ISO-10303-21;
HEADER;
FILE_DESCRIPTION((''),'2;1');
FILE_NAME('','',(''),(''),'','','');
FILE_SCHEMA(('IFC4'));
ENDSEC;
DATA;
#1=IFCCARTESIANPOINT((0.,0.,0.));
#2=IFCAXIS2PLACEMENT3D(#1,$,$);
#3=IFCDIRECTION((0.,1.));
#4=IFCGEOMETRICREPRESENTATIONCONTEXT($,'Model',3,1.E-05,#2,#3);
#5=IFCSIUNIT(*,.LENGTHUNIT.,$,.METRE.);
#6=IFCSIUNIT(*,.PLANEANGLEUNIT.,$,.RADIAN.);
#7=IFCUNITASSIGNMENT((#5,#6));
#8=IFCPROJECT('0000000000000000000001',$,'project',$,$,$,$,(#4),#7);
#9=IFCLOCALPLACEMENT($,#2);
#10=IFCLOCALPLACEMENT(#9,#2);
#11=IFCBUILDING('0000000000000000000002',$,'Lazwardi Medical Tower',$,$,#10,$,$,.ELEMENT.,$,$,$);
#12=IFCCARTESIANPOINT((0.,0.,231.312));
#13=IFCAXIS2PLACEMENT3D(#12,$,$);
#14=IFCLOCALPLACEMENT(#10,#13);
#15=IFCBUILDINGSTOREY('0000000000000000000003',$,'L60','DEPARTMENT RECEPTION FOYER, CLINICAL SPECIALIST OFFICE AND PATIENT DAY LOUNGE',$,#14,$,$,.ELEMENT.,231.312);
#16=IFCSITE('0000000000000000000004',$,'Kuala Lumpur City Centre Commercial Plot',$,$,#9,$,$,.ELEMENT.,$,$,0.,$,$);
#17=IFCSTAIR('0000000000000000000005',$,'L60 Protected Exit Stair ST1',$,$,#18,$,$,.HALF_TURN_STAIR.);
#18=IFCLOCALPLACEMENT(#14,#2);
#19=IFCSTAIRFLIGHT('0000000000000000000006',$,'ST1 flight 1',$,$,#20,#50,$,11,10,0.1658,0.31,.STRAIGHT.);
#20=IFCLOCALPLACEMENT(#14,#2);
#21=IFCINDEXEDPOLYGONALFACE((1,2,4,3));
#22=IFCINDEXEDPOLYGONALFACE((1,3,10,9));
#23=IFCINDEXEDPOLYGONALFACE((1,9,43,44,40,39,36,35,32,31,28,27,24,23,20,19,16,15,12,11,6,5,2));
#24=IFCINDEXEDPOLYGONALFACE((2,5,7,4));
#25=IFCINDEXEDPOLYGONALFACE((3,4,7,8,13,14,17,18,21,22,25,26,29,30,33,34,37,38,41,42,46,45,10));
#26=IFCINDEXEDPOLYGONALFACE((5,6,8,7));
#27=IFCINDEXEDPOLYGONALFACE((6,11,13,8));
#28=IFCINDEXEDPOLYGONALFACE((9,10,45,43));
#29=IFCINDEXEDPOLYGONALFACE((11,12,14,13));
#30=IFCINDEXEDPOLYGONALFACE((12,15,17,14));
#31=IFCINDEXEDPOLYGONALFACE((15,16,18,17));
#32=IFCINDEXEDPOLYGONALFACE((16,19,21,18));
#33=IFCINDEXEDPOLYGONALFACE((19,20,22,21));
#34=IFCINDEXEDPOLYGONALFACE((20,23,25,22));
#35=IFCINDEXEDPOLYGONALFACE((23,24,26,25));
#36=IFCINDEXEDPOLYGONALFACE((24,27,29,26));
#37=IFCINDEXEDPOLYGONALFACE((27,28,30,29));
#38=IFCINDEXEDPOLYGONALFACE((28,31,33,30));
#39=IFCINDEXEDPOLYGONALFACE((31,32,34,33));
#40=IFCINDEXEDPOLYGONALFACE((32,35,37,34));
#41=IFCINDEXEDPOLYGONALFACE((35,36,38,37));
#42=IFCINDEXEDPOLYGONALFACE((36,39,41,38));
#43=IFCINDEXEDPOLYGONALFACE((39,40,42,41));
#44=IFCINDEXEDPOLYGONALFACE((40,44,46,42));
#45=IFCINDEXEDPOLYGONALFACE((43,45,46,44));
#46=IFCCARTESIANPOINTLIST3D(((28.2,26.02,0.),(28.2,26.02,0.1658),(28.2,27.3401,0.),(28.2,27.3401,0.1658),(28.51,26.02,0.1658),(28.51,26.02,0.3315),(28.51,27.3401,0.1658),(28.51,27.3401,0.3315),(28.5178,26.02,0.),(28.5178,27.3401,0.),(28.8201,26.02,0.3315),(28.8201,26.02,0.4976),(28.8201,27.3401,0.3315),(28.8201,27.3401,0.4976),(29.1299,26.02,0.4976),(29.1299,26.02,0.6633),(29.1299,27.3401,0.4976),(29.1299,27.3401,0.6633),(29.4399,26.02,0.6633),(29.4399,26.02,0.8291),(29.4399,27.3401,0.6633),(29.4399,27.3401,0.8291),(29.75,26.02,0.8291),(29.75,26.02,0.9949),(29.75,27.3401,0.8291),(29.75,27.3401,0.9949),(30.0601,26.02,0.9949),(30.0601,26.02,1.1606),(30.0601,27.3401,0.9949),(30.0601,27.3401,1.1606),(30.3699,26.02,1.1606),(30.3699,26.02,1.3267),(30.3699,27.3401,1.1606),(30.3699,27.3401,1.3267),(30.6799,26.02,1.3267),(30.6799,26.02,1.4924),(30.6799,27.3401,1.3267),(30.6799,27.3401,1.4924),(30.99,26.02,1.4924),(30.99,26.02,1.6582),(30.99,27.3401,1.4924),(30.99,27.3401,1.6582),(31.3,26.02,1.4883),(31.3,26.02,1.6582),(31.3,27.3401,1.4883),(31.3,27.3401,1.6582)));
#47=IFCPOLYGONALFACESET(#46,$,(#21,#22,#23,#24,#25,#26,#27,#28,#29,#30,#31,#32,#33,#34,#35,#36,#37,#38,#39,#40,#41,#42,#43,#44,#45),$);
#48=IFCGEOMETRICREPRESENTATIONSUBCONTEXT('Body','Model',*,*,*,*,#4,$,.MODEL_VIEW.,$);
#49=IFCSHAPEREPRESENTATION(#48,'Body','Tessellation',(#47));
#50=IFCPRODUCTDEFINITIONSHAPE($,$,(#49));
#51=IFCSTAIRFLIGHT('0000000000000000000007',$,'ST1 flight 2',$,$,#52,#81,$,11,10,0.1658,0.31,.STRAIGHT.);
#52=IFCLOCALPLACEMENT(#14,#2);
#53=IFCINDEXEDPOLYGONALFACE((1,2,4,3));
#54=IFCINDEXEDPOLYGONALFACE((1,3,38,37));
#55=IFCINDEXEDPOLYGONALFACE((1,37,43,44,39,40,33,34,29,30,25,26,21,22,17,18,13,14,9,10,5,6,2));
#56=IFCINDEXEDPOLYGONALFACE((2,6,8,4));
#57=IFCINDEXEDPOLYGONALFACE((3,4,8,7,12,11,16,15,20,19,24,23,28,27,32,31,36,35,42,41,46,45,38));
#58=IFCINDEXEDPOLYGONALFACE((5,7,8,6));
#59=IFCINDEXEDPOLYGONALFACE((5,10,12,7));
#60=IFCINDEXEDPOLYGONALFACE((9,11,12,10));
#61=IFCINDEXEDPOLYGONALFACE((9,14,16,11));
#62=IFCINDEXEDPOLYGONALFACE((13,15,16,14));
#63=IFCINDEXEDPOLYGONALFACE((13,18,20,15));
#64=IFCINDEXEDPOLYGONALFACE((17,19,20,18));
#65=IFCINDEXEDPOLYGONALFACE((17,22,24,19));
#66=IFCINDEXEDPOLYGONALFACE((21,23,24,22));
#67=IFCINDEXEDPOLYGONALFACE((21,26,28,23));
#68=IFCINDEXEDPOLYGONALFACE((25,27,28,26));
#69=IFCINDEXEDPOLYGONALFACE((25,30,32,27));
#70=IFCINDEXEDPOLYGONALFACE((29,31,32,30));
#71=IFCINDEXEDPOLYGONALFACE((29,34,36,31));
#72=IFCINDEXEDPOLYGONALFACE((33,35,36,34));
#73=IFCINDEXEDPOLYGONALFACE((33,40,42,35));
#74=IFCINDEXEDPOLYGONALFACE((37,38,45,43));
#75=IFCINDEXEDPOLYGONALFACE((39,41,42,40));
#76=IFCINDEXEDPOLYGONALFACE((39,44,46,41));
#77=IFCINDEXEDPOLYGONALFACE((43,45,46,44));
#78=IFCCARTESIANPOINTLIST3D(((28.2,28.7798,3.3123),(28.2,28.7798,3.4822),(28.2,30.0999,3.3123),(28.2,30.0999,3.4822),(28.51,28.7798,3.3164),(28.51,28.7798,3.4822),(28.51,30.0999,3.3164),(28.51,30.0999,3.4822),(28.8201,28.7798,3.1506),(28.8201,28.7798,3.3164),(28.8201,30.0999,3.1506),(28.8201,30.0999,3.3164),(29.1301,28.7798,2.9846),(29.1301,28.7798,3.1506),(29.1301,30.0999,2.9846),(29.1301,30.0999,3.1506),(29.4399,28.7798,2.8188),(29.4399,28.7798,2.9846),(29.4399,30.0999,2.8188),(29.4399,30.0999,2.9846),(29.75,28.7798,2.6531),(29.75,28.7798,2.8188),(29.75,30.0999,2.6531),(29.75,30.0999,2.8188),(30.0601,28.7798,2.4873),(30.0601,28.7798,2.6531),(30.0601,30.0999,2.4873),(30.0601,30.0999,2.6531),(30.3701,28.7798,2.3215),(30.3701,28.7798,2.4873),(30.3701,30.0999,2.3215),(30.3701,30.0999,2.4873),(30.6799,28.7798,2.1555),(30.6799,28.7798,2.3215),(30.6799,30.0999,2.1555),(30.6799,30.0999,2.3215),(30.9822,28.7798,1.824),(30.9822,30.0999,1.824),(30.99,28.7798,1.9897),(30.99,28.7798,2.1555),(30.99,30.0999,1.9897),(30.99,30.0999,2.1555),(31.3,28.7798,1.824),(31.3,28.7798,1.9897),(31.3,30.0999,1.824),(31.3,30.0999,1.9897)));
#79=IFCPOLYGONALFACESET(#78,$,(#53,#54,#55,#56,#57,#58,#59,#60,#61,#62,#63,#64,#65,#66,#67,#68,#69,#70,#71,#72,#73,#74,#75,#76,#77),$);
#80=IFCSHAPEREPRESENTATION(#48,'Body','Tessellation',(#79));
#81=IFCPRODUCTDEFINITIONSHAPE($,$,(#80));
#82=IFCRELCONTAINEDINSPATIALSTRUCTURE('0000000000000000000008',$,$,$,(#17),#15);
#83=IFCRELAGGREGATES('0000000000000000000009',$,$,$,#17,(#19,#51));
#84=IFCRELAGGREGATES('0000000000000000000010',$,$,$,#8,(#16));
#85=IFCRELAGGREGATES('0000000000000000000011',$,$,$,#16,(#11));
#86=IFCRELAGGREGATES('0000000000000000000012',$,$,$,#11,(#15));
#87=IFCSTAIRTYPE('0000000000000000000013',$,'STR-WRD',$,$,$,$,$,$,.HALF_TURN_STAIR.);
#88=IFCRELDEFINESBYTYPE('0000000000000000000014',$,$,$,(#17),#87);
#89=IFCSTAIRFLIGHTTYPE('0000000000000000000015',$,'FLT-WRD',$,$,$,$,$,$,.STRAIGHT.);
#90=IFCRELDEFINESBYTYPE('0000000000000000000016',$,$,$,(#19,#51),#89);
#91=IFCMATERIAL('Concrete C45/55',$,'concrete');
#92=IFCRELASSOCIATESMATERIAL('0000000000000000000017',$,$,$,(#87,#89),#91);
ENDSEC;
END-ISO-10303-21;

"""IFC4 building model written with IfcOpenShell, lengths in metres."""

from ifc_helpers import new_model, si_unit, direction, frame, origin, place, context, subcontext, project, spatial, polyline, outline, extrude, material, type_object, element, aggregate, save


model = new_model("IFC4")

# Units and contexts
model_context = context("Model", 3, precision=1e-05, world=origin(), true_north=direction((0.0, 1.0)))
body_context = subcontext(model_context, "Body", "Model", "MODEL_VIEW")
ifc_project = project(units=[si_unit("LENGTHUNIT", "METRE"), si_unit("PLANEANGLEUNIT", "RADIAN")], contexts=[model_context])

# Site, building, storey
site_placement = place(None, origin())
site = spatial("IfcSite", under=ifc_project, at=site_placement, Name="Kuala Lumpur City Centre Commercial Plot", CompositionType="ELEMENT", RefElevation=0.0)
building_placement = place(site_placement, origin())
building = spatial("IfcBuilding", under=site, at=building_placement, Name="Lazwardi Medical Tower", CompositionType="ELEMENT")
storey_placement = place(building_placement, frame((0.0, 0.0, 231.312)))
storey = spatial("IfcBuildingStorey", under=building, at=storey_placement, Name="L60", Description="DEPARTMENT RECEPTION FOYER, CLINICAL SPECIALIST OFFICE AND PATIENT DAY LOUNGE", CompositionType="ELEMENT", Elevation=231.312)

# Stair, stair flights
ifc_material_1 = material(Name="Concrete C45/55", Category="concrete")
stair_type = type_object("IfcStairType", Name="STR-WRD", PredefinedType="HALF_TURN_STAIR", material=ifc_material_1)
stair_placement = place(storey_placement, origin())
stair = element("IfcStair", 1, at=stair_placement, inside=storey, type_object=stair_type, Name="L60 Protected Exit Stair ST1", PredefinedType="HALF_TURN_STAIR")
stair_flight_type = type_object("IfcStairFlightType", Name="FLT-WRD", PredefinedType="STRAIGHT", material=ifc_material_1)
stair_flight_1_placement = place(storey_placement, frame((28.2, 26.6799, 0.0), z_axis=(0.0, 0.0, 1.0), x_axis=(1.0, 0.0, 0.0)))
stair_flight_1 = element("IfcStairFlight", 2, at=stair_flight_1_placement, type_object=stair_flight_type, Name="ST1 flight 1", NumberOfRisers=11, NumberOfTreads=10, PredefinedType="STRAIGHT", RiserHeight=0.1658, TreadLength=0.31, context=body_context, shape_type="SweptSolid", body=[
    extrude(outline(polyline([(0.0, 0.0), (0.0, 0.1658), (0.3101, 0.1658), (0.3101, 0.3315), (0.6201, 0.3315), (0.6201, 0.4976), (0.9299, 0.4976), (0.9299, 0.6633), (1.24, 0.6633), (1.24, 0.8291), (1.55, 0.8291), (1.55, 0.9949), (1.8601, 0.9949), (1.8601, 1.1606), (2.1699, 1.1606), (2.1699, 1.3267), (2.48, 1.3267), (2.48, 1.4924), (2.79, 1.4924), (2.79, 1.6582), (3.1001, 1.6582), (3.1001, 1.824), (3.1001, 1.4883), (0.3179, 0.0), (0.0, 0.0)])), frame((0.0, 0.6602, 0.0), z_axis=(0.0, -1.0, 0.0), x_axis=(1.0, 0.0, 0.0)), (0.0, 0.0, 1.0), 1.3201),
])
stair_flight_2_placement = place(storey_placement, frame((31.3, 29.4399, 1.824), z_axis=(0.0, 0.0, 1.0), x_axis=(-1.0, 0.0, 0.0)))
stair_flight_2 = element("IfcStairFlight", 3, at=stair_flight_2_placement, type_object=stair_flight_type, Name="ST1 flight 2", NumberOfRisers=11, NumberOfTreads=10, PredefinedType="STRAIGHT", RiserHeight=0.1658, TreadLength=0.31, context=body_context, shape_type="SweptSolid", body=[
    extrude(outline(polyline([(0.0, 0.0), (0.0, 0.1658), (0.3101, 0.1658), (0.3101, 0.3315), (0.6201, 0.3315), (0.6201, 0.4976), (0.9299, 0.4976), (0.9299, 0.6633), (1.24, 0.6633), (1.24, 0.8291), (1.55, 0.8291), (1.55, 0.9949), (1.8601, 0.9949), (1.8601, 1.1606), (2.1699, 1.1606), (2.1699, 1.3267), (2.48, 1.3267), (2.48, 1.4924), (2.79, 1.4924), (2.79, 1.6582), (3.1001, 1.6582), (3.1001, 1.824), (3.1001, 1.4883), (0.3179, 0.0), (0.0, 0.0)])), frame((0.0, 0.6602, 0.0), z_axis=(0.0, -1.0, 0.0), x_axis=(1.0, 0.0, 0.0)), (0.0, 0.0, 1.0), 1.3201),
])
aggregate(stair, [stair_flight_1, stair_flight_2])

save(model, "model.ifc")
